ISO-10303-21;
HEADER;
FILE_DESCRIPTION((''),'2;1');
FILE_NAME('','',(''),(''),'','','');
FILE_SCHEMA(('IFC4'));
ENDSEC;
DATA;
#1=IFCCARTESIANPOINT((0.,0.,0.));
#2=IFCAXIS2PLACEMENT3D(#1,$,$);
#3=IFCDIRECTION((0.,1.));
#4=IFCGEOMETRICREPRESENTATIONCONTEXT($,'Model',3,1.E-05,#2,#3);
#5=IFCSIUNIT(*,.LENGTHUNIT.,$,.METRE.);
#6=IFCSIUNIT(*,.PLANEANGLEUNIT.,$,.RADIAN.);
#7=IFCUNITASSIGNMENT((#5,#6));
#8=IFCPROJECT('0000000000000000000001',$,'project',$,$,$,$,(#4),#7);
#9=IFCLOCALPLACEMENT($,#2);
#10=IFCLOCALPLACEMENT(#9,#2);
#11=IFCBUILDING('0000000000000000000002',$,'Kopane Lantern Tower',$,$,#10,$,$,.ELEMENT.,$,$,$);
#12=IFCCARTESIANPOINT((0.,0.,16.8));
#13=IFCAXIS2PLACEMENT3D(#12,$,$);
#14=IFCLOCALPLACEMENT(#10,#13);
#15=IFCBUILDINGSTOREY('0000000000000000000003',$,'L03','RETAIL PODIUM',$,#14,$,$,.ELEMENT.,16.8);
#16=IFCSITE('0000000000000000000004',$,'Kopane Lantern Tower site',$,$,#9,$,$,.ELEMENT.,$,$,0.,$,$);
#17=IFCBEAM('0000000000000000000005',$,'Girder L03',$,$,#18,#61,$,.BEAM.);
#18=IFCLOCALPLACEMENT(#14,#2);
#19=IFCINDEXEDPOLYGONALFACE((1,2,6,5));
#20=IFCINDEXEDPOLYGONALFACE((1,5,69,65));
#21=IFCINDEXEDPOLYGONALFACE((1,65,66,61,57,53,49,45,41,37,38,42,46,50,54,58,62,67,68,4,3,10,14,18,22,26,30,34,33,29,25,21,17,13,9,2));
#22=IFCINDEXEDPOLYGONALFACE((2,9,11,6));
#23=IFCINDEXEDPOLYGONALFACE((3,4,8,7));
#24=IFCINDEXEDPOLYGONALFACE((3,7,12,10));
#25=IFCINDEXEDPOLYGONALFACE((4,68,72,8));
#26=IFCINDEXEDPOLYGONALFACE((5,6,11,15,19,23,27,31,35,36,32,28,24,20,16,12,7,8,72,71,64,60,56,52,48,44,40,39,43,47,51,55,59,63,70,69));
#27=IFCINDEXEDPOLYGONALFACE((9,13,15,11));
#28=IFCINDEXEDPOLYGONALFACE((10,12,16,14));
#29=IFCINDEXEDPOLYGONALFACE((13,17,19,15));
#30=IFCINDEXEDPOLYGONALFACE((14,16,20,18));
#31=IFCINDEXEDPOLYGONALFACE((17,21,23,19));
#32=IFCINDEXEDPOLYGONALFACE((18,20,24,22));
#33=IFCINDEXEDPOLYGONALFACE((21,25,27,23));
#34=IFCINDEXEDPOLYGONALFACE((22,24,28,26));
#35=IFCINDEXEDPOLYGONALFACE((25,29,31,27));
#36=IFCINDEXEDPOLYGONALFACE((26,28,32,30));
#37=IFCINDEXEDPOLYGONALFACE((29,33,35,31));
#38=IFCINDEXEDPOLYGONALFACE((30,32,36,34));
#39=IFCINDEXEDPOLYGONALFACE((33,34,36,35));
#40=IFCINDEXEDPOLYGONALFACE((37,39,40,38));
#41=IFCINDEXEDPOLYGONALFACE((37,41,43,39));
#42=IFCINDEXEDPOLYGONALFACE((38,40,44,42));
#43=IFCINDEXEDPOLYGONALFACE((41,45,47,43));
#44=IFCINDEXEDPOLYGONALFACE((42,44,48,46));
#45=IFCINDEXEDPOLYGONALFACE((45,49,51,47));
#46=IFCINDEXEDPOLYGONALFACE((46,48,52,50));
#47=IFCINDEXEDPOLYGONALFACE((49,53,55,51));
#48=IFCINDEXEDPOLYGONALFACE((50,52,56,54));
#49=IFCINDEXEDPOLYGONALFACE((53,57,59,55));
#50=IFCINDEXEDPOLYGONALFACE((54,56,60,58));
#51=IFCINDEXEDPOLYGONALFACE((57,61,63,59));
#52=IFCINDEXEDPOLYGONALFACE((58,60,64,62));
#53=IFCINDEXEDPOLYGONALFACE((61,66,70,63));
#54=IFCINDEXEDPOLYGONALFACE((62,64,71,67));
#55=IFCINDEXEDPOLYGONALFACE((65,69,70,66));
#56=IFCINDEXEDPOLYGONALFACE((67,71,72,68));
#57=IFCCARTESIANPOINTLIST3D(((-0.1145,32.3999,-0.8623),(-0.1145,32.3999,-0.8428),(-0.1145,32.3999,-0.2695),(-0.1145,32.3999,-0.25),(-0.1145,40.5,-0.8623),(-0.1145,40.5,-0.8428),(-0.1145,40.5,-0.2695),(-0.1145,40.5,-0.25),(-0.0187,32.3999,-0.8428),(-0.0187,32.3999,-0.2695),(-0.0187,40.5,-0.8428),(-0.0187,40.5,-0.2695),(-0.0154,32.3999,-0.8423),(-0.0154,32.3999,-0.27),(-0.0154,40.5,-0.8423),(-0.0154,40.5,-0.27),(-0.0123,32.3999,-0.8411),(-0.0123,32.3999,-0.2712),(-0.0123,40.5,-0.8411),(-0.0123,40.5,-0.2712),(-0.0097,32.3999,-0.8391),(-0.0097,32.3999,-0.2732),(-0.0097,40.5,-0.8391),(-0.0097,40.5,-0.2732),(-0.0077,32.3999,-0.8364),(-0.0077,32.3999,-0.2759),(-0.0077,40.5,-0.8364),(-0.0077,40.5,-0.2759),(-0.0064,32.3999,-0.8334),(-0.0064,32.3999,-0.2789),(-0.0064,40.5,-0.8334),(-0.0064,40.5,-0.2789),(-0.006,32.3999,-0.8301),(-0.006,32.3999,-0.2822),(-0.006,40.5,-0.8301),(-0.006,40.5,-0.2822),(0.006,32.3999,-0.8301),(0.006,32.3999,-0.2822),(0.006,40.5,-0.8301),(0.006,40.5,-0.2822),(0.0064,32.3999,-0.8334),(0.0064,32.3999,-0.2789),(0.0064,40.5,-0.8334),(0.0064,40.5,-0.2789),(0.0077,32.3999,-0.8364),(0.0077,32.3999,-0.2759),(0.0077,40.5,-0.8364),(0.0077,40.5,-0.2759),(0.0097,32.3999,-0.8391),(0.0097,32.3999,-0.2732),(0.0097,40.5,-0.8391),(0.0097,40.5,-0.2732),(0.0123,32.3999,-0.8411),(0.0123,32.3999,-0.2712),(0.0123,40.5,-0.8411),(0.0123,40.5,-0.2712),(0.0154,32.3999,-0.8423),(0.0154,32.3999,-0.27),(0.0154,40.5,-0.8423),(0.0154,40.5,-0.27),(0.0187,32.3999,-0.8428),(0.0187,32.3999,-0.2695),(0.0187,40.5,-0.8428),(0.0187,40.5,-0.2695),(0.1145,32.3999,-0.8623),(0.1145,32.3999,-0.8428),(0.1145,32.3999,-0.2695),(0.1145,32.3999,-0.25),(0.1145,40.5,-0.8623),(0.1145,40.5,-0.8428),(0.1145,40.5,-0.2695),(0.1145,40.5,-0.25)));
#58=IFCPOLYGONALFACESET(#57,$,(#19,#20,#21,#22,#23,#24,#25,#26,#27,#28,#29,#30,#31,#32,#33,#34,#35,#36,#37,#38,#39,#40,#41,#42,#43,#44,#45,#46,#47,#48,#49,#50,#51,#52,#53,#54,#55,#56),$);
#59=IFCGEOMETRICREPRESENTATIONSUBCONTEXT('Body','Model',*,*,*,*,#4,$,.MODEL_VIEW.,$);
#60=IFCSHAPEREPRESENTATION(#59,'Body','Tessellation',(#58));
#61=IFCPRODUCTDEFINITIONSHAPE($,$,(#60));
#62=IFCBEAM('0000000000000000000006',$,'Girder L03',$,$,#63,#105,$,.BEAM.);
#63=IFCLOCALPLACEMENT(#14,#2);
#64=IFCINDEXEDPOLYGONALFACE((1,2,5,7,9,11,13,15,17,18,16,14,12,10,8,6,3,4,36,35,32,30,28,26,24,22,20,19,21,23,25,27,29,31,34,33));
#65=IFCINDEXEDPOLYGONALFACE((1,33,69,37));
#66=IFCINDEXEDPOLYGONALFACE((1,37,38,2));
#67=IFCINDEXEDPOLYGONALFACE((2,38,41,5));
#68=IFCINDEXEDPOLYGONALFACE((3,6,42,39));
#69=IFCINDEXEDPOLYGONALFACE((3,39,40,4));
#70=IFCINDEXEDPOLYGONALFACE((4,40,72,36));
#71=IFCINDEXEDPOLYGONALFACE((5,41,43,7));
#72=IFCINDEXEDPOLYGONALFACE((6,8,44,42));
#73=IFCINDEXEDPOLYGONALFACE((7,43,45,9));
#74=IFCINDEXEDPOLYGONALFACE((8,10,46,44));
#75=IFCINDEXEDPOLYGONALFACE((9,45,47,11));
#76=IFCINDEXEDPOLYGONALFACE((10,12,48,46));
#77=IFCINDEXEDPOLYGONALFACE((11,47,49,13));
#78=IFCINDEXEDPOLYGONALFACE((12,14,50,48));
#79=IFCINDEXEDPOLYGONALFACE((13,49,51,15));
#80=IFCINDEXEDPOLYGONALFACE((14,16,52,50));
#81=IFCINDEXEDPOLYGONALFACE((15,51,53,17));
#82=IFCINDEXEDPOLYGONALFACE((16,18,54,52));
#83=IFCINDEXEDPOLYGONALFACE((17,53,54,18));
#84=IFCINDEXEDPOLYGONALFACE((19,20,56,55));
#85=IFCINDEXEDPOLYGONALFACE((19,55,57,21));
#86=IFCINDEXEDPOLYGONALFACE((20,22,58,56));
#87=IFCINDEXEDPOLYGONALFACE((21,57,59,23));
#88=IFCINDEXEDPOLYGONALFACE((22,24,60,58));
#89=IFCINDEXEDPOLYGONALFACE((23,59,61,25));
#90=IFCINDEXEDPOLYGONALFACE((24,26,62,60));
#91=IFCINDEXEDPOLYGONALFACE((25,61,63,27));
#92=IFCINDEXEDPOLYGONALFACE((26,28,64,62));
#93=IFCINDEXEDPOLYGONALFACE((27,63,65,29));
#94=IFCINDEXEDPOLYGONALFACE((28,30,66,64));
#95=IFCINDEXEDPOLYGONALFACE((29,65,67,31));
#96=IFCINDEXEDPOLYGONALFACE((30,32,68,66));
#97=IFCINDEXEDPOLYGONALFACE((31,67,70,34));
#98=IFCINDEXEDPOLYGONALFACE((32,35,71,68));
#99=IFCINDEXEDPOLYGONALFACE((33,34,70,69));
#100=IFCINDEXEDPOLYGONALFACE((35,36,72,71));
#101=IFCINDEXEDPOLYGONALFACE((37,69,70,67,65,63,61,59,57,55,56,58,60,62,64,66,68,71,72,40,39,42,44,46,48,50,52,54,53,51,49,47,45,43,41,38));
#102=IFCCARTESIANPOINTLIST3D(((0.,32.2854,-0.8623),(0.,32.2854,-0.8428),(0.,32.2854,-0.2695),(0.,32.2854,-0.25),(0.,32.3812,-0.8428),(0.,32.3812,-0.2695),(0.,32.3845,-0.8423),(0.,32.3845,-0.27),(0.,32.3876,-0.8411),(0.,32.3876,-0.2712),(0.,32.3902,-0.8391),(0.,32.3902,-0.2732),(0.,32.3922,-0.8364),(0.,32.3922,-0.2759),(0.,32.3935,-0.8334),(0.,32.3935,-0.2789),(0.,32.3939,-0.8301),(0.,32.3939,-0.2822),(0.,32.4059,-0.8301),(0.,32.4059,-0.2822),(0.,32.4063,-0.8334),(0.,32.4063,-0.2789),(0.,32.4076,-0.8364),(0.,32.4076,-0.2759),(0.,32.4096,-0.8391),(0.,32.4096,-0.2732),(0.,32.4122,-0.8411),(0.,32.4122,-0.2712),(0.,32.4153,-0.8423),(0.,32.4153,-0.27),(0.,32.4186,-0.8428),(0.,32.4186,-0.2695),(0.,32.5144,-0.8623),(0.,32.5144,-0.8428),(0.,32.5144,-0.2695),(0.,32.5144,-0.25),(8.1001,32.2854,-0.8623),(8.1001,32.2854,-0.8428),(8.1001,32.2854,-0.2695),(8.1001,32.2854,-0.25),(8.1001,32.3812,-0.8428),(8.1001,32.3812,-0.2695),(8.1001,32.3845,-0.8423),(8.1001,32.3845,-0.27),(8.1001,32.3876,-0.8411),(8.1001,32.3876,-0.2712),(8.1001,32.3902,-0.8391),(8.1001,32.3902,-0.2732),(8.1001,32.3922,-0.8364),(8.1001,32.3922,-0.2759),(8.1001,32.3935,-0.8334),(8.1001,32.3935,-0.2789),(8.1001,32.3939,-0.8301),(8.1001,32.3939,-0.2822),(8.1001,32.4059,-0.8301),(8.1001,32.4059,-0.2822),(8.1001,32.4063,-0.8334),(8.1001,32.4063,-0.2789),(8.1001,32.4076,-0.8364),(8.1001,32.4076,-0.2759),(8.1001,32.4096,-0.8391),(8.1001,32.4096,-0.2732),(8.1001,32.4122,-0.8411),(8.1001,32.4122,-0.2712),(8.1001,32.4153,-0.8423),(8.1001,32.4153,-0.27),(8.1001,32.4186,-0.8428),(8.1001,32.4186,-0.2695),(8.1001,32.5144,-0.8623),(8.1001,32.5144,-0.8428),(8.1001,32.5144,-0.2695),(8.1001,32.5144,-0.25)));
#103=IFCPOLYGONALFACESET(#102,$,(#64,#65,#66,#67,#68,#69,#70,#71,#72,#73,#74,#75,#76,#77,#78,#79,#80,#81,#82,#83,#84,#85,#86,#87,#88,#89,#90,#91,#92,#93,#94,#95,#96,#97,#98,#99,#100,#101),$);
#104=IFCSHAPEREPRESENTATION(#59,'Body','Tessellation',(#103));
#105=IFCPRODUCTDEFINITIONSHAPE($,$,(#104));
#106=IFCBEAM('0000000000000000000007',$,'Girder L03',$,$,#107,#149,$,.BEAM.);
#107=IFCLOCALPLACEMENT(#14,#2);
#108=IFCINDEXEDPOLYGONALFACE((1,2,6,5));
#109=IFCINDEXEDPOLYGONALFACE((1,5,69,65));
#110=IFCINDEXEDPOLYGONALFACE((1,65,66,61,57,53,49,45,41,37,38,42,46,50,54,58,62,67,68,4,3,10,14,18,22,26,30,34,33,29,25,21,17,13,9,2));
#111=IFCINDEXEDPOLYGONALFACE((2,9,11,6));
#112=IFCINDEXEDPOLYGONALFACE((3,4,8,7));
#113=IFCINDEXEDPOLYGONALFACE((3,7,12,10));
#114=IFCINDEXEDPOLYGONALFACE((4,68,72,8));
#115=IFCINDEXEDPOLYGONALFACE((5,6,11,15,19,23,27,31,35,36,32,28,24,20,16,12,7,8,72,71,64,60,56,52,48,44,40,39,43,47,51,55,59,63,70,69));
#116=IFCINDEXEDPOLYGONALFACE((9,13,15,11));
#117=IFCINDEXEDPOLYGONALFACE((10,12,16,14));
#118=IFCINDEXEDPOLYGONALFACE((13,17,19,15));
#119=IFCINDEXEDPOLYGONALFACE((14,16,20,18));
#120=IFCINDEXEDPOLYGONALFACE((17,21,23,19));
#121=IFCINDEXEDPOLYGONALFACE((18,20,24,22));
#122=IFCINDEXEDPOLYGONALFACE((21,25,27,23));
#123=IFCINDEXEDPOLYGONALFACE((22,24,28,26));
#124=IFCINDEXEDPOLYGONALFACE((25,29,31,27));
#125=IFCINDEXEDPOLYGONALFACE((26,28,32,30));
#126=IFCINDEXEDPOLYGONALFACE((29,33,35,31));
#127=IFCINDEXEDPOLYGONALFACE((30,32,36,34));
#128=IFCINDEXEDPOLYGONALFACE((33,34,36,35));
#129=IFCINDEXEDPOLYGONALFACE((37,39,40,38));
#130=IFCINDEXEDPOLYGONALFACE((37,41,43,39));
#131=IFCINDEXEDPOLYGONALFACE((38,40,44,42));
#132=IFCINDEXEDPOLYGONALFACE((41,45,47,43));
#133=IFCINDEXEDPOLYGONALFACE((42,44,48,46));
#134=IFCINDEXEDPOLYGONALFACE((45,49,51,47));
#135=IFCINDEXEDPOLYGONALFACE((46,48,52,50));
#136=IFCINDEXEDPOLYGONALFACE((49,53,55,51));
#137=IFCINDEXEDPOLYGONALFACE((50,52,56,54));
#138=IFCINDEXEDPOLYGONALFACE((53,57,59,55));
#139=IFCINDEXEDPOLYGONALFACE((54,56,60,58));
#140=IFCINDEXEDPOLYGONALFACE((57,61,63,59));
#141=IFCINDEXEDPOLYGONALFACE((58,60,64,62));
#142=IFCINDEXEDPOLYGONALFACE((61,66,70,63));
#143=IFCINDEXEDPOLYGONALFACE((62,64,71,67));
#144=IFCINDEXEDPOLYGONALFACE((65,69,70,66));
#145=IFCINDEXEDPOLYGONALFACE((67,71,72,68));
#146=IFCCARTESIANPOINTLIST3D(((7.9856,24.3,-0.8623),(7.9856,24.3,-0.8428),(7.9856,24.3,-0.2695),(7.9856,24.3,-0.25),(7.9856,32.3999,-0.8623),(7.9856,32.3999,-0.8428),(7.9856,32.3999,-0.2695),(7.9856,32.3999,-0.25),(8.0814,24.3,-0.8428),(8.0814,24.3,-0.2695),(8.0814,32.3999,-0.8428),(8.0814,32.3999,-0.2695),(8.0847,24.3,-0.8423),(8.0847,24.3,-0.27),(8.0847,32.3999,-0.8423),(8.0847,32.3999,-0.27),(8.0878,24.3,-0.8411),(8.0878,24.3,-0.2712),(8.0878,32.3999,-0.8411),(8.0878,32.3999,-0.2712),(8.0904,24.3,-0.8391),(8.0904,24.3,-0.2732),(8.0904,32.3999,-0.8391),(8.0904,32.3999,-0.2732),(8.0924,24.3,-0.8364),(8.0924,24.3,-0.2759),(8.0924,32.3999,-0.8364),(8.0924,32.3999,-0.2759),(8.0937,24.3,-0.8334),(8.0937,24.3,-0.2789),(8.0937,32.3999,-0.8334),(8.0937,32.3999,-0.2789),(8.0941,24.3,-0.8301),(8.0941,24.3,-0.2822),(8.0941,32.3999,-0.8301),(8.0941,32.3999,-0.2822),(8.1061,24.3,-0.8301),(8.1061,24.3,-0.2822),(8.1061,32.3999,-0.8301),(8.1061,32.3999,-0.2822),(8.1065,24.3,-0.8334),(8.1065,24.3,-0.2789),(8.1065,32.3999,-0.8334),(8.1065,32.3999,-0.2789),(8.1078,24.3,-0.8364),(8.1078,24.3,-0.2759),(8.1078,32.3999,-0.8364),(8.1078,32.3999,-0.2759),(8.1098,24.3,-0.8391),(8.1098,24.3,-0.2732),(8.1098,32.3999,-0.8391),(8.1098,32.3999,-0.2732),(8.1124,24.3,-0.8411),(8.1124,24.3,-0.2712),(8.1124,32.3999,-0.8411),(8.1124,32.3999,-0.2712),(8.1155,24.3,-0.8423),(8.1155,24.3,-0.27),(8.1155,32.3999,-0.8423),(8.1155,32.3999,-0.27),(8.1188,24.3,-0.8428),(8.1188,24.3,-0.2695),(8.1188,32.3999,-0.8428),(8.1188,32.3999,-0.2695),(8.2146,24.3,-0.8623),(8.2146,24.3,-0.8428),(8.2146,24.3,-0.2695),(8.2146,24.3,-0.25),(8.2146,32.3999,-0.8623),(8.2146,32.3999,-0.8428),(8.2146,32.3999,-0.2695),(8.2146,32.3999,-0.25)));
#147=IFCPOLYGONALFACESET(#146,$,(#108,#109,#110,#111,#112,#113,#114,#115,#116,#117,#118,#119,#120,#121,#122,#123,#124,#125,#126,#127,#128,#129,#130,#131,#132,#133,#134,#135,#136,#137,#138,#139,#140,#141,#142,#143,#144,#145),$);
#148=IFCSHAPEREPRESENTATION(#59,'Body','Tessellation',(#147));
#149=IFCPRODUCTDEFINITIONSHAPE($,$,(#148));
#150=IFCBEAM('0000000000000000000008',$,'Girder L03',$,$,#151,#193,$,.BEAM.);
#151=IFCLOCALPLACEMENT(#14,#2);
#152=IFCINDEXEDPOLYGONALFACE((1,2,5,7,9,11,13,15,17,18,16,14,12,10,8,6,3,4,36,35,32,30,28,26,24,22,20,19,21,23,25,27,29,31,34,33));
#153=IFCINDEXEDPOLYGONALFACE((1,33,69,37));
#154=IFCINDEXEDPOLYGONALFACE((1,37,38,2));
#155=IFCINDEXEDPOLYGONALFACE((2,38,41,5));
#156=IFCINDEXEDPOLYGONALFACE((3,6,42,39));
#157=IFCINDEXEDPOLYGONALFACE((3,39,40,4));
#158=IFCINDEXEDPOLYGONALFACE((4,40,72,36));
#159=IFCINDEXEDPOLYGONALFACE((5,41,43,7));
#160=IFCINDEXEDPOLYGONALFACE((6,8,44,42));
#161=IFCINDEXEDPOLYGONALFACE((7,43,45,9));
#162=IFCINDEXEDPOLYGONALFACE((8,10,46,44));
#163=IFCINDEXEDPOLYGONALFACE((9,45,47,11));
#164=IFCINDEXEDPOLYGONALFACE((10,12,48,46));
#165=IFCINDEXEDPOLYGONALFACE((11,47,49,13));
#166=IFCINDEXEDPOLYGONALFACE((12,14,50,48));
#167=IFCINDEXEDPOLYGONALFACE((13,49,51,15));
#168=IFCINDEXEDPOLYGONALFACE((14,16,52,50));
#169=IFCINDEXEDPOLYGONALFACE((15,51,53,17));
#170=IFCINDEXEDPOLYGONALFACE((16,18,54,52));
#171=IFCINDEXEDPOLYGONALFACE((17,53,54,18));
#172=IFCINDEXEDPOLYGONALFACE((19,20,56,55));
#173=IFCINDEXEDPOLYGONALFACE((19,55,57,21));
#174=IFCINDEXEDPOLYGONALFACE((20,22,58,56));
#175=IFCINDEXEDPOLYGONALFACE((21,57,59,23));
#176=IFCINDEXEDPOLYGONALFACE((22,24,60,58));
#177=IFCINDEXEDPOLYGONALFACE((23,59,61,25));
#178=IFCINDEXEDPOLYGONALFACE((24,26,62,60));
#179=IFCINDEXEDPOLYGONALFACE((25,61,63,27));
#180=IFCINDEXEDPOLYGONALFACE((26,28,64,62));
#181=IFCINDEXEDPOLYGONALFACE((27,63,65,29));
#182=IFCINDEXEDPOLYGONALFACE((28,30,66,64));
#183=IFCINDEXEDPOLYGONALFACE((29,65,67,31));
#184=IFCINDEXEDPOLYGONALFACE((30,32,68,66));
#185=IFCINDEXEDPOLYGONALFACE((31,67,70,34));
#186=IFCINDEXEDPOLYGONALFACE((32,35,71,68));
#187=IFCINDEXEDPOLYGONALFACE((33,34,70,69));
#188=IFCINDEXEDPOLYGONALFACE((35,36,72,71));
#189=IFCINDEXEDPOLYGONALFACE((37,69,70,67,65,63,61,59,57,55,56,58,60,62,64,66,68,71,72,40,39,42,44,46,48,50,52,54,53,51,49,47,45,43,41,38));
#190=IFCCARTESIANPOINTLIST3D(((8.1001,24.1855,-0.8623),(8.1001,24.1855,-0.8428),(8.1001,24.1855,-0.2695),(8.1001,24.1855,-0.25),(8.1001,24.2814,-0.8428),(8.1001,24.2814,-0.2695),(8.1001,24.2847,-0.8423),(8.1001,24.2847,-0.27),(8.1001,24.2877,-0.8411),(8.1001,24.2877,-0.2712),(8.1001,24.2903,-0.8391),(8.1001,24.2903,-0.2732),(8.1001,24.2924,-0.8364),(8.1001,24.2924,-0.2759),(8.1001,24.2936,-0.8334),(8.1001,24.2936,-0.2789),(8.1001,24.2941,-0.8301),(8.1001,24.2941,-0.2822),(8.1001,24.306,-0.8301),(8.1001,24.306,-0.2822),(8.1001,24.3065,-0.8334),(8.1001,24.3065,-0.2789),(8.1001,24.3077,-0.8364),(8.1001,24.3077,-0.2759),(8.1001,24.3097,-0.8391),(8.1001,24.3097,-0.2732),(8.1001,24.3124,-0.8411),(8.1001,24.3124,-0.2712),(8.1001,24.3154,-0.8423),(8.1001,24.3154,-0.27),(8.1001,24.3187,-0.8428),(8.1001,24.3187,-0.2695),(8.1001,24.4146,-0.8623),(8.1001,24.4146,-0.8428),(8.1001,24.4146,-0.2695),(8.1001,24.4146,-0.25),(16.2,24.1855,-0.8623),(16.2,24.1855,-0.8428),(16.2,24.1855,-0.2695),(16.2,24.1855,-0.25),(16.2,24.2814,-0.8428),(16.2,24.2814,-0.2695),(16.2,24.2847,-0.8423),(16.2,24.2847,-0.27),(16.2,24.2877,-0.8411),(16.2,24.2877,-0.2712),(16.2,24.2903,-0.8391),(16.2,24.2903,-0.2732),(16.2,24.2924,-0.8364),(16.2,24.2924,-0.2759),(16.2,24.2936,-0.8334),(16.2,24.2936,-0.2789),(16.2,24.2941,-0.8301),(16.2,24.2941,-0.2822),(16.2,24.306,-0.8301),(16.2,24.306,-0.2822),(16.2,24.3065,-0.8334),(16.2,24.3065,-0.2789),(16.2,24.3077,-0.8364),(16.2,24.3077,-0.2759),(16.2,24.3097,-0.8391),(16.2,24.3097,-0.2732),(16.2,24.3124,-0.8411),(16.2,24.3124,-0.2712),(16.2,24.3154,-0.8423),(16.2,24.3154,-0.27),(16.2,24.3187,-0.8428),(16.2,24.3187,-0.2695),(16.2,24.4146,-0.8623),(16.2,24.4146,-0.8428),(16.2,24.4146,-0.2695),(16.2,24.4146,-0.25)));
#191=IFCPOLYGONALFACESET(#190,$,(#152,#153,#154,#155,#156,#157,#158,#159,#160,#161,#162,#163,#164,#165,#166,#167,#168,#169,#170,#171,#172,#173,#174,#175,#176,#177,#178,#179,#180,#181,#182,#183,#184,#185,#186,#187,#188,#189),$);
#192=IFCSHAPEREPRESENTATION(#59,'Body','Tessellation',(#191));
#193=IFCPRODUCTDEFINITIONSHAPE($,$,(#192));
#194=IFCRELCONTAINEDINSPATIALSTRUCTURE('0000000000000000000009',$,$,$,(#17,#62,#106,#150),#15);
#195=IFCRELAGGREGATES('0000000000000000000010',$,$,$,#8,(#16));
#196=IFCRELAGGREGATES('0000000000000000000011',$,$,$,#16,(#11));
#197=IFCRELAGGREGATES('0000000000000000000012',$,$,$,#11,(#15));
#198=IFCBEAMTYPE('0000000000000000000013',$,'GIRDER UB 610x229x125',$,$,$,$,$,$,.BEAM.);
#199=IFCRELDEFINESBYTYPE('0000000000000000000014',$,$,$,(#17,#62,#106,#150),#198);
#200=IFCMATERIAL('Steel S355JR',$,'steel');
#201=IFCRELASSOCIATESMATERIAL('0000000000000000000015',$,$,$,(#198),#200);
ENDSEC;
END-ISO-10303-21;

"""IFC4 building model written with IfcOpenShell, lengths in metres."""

from ifc_helpers import new_model, si_unit, direction, frame, origin, origin_2d, place, context, subcontext, project, spatial, i_section, extrude, material, material_profile, profile_set, type_object, element, save


model = new_model("IFC4")

# Units and contexts
model_context = context("Model", 3, precision=1e-05, world=origin(), true_north=direction((0.0, 1.0)))
body_context = subcontext(model_context, "Body", "Model", "MODEL_VIEW")
ifc_project = project(units=[si_unit("LENGTHUNIT", "METRE"), si_unit("PLANEANGLEUNIT", "RADIAN")], contexts=[model_context])

# Site, building, storey
site_placement = place(None, origin())
site = spatial("IfcSite", under=ifc_project, at=site_placement, Name="Kopane Lantern Tower site", CompositionType="ELEMENT", RefElevation=0.0)
building_placement = place(site_placement, origin())
building = spatial("IfcBuilding", under=site, at=building_placement, Name="Kopane Lantern Tower", CompositionType="ELEMENT")
storey_placement = place(building_placement, frame((0.0, 0.0, 16.8)))
storey = spatial("IfcBuildingStorey", under=building, at=storey_placement, Name="L03", Description="RETAIL PODIUM", CompositionType="ELEMENT", Elevation=16.8)

# Beams
ifc_material_1 = material(Name="Steel S355JR", Category="steel")
ifc_material_profile_1 = material_profile(ifc_material_1, i_section(OverallWidth=0.229, OverallDepth=0.6123, WebThickness=0.012, FlangeThickness=0.0195, FilletRadius=0.0127, at=origin_2d()), Name="UB 610x229x125")
ifc_profile_set_1 = profile_set([ifc_material_profile_1], Name="Steel S355JR")
beam_type = type_object("IfcBeamType", Name="GIRDER UB 610x229x125", PredefinedType="BEAM", material=ifc_profile_set_1)
for number, where, z_axis, x_axis, name in (
    (1, (0.0, 32.3999, -0.5562), (0.0, 1.0, 0.0), (-1.0, 0.0, 0.0), "Girder L03"),
    (2, (0.0, 32.3999, -0.5562), (1.0, 0.0, 0.0), (0.0, 1.0, 0.0), "Girder L03"),
):
    element("IfcBeam", number, at=place(storey_placement, frame(where, z_axis=z_axis, x_axis=x_axis)), inside=storey, type_object=beam_type, Name=name, PredefinedType="BEAM", context=body_context, shape_type="SweptSolid", body=[
        extrude(i_section(OverallWidth=0.229, OverallDepth=0.6123, WebThickness=0.012, FlangeThickness=0.0195, FilletRadius=0.0127, at=origin_2d()), origin(), (0.0, 0.0, 1.0), 8.1001),
    ])
for number, where, z_axis, x_axis, name in (
    (3, (8.1001, 24.3, -0.5562), (0.0, 1.0, 0.0), (-1.0, 0.0, 0.0), "Girder L03"),
    (4, (8.1001, 24.3, -0.5562), (1.0, 0.0, 0.0), (0.0, 1.0, 0.0), "Girder L03"),
):
    element("IfcBeam", number, at=place(storey_placement, frame(where, z_axis=z_axis, x_axis=x_axis)), inside=storey, type_object=beam_type, Name=name, PredefinedType="BEAM", context=body_context, shape_type="SweptSolid", body=[
        extrude(i_section(OverallWidth=0.229, OverallDepth=0.6123, WebThickness=0.012, FlangeThickness=0.0195, FilletRadius=0.0127, at=origin_2d()), origin(), (0.0, 0.0, 1.0), 8.0999),
    ])

save(model, "model.ifc")
